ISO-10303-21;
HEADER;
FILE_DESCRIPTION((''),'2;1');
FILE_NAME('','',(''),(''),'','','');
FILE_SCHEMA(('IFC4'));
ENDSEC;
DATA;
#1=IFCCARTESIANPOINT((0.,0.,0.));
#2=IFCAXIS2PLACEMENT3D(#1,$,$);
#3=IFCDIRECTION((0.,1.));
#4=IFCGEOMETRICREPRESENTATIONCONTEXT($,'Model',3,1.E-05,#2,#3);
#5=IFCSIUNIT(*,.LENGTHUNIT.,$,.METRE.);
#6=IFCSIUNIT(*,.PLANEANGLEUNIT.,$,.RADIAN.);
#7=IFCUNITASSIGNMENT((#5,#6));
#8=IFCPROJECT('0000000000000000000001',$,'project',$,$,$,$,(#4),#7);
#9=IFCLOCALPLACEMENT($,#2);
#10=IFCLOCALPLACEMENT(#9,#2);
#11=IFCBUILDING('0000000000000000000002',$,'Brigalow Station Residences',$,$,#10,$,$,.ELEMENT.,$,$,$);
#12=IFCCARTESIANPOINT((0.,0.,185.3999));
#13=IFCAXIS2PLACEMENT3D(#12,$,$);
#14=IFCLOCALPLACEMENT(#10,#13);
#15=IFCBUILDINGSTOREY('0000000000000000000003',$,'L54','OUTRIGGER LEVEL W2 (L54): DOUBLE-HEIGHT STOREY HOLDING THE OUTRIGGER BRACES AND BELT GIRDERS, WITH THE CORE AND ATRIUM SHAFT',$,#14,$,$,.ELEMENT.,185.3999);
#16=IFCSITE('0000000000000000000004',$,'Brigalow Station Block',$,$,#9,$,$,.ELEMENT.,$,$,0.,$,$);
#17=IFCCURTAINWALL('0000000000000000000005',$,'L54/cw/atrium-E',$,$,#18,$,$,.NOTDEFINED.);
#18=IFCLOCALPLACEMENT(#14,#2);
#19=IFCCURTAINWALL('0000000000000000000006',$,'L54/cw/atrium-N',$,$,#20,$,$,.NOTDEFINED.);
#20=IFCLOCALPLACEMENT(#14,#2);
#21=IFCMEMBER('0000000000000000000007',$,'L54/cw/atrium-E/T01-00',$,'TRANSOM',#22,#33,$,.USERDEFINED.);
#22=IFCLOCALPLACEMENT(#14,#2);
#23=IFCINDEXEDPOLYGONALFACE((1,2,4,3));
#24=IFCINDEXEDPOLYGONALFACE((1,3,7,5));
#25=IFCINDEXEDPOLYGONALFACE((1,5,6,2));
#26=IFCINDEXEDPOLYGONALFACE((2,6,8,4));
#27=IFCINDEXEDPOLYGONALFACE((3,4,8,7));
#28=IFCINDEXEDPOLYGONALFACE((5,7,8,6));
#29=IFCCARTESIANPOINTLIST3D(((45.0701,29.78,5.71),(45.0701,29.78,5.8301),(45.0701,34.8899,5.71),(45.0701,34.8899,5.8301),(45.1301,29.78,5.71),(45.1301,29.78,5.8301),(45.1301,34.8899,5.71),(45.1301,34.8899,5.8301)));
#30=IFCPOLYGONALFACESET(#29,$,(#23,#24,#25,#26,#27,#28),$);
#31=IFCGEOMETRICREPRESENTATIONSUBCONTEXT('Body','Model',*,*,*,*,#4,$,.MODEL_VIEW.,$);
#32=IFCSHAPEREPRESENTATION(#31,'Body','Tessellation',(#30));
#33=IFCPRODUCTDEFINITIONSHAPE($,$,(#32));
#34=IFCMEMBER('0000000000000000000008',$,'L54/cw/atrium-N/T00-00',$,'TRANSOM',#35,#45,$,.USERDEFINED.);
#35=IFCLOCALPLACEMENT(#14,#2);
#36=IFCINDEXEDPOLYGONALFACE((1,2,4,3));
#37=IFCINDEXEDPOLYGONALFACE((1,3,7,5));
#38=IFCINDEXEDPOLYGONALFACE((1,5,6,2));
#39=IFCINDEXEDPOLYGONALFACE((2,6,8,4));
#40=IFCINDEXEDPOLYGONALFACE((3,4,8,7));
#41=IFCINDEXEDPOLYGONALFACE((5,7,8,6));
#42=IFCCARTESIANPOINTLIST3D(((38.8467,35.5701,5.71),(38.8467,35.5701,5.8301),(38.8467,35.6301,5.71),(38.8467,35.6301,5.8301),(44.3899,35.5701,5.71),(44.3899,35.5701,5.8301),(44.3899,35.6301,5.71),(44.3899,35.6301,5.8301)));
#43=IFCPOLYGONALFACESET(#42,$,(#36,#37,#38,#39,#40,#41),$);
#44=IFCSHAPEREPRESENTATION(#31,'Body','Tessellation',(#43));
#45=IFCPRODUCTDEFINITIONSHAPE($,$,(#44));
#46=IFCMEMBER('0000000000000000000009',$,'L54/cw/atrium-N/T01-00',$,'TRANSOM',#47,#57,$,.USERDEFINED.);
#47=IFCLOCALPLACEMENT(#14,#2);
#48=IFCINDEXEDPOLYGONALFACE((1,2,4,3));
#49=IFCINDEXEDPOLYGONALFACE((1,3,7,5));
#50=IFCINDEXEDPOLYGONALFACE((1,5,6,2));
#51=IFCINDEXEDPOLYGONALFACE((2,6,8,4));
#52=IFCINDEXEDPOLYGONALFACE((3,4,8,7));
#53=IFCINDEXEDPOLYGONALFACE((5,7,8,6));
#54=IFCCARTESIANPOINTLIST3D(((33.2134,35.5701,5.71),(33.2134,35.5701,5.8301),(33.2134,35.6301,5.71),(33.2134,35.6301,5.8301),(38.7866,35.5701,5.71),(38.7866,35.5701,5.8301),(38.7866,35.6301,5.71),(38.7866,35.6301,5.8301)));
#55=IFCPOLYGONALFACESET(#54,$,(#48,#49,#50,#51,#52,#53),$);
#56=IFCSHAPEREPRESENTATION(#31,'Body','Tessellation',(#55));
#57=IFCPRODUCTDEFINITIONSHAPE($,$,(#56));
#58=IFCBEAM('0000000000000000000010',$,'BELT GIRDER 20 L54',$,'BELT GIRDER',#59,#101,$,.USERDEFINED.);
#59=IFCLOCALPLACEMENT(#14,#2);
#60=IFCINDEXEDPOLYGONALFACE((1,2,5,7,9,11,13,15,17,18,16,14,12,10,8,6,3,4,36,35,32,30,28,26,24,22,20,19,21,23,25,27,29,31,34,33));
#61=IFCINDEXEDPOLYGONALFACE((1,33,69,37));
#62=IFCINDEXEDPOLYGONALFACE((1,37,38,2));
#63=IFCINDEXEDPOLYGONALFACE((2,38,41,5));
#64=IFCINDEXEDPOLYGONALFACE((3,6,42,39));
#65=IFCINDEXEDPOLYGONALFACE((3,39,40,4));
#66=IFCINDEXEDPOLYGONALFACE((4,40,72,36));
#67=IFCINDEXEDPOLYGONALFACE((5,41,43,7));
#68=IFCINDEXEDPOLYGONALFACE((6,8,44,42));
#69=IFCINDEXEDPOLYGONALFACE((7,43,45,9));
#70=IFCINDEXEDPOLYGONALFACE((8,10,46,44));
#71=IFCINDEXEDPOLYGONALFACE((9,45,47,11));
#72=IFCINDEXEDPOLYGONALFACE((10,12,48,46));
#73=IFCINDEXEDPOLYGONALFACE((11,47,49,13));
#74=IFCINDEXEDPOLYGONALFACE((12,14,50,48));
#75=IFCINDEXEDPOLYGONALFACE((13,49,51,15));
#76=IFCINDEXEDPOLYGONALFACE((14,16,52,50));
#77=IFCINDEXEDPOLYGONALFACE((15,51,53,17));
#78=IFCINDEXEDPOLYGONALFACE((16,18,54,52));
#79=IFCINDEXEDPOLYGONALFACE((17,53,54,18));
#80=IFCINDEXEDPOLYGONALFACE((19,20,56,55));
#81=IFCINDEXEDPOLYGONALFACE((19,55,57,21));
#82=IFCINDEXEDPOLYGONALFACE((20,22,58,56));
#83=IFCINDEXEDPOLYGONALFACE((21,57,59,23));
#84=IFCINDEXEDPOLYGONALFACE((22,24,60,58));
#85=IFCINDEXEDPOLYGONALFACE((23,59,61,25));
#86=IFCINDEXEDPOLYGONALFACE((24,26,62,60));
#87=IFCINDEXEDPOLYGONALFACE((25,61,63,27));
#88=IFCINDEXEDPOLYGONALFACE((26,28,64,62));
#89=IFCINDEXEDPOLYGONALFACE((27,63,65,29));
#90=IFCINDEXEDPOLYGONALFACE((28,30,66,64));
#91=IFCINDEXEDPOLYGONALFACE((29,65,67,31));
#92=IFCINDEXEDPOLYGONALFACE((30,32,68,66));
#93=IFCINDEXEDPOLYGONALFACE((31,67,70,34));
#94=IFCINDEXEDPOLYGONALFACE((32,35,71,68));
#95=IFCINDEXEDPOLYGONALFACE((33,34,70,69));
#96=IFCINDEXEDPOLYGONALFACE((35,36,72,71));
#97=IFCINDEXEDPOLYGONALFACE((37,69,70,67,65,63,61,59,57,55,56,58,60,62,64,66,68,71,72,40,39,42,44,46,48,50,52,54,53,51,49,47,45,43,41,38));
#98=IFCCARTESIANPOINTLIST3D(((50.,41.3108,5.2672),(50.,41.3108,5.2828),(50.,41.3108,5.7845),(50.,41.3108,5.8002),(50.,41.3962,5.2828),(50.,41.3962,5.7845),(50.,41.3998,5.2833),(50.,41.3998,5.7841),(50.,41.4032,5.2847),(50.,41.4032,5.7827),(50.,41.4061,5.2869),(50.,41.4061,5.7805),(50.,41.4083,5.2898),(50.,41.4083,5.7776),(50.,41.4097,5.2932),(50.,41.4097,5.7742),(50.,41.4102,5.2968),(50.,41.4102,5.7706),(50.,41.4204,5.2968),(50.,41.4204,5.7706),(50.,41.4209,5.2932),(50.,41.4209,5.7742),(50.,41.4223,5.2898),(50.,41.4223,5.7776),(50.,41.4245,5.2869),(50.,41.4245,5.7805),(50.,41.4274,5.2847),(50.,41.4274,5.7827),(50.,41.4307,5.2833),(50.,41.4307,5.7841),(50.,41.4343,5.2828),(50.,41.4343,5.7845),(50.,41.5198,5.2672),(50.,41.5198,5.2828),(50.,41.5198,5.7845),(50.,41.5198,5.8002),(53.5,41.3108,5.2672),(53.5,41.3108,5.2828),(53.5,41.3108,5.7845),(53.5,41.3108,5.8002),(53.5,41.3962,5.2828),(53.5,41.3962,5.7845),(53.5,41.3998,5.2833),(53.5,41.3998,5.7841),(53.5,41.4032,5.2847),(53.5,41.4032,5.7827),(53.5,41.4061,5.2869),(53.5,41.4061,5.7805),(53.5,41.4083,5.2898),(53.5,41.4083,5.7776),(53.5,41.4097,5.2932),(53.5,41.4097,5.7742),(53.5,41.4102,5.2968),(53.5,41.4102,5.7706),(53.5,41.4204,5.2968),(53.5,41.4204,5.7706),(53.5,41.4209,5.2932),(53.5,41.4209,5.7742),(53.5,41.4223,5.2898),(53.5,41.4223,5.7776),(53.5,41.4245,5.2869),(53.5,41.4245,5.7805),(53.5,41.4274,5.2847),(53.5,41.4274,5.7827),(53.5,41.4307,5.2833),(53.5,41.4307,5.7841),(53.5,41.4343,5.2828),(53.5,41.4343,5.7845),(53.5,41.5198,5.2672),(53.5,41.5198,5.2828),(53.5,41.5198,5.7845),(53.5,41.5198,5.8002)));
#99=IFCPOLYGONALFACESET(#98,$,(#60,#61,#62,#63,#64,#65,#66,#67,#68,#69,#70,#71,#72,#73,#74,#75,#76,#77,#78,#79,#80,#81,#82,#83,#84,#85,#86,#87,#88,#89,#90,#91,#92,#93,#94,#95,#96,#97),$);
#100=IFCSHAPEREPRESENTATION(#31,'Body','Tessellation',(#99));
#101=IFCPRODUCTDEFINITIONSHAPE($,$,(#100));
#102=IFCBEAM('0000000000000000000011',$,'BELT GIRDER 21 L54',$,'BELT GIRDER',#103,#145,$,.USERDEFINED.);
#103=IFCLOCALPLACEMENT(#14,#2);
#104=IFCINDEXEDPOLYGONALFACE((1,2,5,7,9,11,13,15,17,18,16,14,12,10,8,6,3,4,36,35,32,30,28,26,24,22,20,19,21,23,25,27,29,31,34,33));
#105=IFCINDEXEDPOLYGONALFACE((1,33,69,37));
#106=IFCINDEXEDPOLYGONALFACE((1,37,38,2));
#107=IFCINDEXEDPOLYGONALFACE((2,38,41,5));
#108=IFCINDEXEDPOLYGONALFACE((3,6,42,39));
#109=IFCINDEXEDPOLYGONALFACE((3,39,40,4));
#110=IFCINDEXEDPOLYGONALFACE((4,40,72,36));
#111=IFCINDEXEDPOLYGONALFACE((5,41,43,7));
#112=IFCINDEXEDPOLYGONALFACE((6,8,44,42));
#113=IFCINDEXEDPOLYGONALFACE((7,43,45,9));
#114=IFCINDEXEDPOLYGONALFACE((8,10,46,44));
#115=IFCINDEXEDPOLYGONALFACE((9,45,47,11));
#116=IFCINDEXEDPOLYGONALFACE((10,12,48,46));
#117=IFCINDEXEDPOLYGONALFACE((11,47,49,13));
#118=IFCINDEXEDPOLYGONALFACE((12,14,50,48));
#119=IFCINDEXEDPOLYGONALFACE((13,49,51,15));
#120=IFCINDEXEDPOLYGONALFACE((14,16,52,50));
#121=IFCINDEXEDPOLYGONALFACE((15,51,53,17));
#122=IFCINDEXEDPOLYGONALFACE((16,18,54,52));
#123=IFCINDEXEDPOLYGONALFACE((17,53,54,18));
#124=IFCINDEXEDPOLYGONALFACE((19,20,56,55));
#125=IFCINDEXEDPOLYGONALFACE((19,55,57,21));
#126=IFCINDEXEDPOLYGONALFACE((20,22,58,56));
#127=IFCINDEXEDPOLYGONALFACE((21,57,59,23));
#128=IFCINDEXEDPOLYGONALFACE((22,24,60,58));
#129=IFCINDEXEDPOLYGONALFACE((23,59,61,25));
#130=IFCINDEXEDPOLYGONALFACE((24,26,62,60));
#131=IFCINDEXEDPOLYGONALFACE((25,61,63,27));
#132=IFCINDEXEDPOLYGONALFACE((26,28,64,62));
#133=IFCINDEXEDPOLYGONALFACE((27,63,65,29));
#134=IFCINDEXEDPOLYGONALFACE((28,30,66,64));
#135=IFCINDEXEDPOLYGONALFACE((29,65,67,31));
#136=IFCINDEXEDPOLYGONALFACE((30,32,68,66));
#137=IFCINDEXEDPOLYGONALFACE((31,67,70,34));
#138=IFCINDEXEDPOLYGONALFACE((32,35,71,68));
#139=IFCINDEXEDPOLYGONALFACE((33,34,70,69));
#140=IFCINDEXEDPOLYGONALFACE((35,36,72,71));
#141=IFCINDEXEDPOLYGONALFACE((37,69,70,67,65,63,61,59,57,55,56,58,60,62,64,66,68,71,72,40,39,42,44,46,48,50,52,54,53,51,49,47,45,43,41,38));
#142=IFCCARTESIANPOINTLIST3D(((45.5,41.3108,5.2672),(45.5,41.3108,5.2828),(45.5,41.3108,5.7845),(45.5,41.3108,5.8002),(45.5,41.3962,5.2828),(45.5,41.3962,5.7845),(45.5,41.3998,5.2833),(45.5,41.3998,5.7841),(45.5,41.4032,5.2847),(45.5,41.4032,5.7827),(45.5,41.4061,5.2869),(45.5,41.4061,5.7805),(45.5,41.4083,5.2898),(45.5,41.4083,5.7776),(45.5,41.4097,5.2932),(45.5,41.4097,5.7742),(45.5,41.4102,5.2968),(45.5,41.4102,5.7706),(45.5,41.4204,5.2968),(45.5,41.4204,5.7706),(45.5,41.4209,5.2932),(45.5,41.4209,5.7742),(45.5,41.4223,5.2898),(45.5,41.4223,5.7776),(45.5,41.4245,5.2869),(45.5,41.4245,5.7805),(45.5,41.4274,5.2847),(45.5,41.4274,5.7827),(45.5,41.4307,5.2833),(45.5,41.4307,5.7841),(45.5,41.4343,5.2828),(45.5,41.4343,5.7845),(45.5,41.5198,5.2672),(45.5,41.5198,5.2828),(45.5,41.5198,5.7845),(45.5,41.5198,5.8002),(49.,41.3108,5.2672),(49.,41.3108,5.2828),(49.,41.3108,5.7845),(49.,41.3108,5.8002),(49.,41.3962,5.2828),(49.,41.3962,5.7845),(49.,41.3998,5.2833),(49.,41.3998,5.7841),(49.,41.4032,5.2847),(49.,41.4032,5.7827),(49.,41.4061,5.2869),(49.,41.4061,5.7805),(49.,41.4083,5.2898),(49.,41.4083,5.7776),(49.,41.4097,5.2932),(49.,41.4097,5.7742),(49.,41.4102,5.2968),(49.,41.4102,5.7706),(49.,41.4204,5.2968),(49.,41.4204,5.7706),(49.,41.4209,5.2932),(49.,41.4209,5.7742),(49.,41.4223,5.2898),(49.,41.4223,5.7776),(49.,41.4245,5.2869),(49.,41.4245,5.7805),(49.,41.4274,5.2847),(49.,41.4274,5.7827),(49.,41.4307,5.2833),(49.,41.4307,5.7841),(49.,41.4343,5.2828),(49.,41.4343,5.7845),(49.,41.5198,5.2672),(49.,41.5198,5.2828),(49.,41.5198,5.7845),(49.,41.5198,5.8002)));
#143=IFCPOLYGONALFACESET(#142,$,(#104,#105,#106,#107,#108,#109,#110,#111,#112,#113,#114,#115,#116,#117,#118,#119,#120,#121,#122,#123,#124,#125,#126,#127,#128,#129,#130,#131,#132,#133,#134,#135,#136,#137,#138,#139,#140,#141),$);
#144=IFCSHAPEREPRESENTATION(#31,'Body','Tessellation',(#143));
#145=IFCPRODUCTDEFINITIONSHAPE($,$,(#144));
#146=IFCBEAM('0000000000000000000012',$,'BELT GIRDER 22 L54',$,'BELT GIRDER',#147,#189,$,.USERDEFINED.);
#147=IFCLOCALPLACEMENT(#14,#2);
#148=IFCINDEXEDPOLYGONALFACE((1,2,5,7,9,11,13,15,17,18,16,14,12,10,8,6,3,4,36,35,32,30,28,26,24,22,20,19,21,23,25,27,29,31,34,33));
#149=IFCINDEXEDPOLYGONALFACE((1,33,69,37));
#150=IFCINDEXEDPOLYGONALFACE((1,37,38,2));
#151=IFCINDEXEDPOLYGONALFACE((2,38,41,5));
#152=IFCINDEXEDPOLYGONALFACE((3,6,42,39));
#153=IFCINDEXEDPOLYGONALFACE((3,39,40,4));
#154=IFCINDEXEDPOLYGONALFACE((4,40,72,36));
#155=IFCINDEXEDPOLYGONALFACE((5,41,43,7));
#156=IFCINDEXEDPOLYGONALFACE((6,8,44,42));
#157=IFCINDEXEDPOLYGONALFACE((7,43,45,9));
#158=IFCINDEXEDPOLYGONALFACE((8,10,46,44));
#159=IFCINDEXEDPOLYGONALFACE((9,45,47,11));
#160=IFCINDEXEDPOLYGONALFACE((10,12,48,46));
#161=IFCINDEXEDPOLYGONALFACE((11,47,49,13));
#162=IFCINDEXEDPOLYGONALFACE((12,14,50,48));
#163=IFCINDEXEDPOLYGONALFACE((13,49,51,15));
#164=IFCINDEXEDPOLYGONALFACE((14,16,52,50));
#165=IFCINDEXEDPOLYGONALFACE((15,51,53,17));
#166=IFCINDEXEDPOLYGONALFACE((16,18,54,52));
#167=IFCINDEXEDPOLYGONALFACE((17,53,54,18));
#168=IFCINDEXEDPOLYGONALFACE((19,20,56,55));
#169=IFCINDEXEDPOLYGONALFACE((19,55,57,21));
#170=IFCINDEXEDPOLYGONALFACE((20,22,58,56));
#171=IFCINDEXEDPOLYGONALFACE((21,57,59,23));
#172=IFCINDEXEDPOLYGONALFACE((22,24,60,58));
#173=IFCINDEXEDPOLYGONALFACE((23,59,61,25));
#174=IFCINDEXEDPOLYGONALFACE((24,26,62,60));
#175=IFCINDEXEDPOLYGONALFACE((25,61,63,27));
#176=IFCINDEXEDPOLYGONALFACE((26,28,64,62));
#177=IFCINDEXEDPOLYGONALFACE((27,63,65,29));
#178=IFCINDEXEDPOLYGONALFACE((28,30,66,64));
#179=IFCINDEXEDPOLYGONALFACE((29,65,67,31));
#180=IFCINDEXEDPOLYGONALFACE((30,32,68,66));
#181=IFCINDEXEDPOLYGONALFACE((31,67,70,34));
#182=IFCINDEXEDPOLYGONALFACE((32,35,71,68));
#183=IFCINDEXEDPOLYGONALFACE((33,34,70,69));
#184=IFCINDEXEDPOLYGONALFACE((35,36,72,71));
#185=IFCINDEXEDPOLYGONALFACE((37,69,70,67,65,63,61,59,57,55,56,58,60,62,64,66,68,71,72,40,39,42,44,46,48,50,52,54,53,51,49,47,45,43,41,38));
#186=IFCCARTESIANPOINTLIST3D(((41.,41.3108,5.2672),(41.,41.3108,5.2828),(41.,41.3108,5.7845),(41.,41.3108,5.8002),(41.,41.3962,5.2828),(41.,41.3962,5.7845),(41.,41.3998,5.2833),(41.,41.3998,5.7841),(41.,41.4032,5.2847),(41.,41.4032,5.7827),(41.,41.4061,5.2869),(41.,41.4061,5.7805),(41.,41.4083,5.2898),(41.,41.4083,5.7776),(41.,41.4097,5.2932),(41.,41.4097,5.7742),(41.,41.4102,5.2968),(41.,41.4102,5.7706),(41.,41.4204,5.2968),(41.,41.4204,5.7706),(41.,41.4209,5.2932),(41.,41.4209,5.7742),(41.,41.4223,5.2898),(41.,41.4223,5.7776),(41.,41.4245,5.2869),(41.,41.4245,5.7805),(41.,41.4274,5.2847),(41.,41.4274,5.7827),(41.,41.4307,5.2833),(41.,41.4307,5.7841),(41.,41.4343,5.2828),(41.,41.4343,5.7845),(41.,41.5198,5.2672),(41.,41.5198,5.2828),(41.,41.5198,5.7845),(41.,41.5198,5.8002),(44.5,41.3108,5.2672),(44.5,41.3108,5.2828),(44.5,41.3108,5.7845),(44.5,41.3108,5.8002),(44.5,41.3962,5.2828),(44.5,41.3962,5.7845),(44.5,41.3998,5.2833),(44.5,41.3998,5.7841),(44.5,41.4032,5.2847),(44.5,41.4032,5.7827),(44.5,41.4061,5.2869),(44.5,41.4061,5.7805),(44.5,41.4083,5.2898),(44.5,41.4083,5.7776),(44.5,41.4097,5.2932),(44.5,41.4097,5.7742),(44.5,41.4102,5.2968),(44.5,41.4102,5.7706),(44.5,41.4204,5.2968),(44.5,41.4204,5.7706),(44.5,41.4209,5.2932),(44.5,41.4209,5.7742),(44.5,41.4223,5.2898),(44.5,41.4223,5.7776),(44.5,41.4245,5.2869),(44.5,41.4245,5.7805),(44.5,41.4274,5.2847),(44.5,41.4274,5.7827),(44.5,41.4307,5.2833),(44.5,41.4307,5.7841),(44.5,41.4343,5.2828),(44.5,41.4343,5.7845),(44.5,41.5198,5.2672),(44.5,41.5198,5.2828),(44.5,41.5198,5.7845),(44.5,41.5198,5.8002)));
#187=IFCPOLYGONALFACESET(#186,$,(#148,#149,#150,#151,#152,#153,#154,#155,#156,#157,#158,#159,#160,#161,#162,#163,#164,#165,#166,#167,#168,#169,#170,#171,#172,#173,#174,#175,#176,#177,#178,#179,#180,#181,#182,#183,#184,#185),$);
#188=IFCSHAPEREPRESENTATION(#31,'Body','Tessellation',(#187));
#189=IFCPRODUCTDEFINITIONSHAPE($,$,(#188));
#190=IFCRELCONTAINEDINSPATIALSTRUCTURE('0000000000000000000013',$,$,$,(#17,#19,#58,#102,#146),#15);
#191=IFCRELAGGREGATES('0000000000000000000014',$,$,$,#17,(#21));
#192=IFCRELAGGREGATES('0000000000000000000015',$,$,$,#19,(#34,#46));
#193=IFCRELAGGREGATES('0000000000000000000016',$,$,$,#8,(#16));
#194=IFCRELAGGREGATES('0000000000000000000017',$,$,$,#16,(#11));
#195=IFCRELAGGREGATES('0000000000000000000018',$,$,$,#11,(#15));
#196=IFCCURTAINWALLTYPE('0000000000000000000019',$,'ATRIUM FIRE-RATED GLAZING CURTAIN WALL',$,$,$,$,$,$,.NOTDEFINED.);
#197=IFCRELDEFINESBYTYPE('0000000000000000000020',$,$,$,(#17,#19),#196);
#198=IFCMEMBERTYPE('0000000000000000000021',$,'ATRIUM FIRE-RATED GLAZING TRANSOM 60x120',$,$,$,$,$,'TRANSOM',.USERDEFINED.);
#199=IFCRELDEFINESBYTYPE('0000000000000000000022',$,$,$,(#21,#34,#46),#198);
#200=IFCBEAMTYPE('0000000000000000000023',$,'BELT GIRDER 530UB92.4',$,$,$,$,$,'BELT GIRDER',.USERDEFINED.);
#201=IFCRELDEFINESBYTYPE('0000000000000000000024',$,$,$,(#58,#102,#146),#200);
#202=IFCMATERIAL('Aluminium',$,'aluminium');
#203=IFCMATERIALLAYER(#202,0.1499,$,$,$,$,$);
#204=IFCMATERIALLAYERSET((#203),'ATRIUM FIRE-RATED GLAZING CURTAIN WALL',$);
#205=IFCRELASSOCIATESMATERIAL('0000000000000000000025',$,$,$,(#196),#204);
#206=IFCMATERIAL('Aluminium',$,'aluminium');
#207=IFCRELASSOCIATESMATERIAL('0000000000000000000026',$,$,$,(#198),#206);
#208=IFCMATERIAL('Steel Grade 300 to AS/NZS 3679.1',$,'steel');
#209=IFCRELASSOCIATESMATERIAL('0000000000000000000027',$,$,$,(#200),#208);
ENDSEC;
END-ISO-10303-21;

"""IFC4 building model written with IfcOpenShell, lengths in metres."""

from ifc_helpers import new_model, si_unit, direction, frame, origin, origin_2d, place, context, subcontext, project, spatial, rectangle, i_section, extrude, material, layer, layer_set, material_profile, profile_set, type_object, element, aggregate, save


model = new_model("IFC4")

# Units and contexts
model_context = context("Model", 3, precision=1e-05, world=origin(), true_north=direction((0.0, 1.0)))
body_context = subcontext(model_context, "Body", "Model", "MODEL_VIEW")
ifc_project = project(units=[si_unit("LENGTHUNIT", "METRE"), si_unit("PLANEANGLEUNIT", "RADIAN")], contexts=[model_context])

# Site, building, storey
site_placement = place(None, origin())
site = spatial("IfcSite", under=ifc_project, at=site_placement, Name="Brigalow Station Block", CompositionType="ELEMENT", RefElevation=0.0)
building_placement = place(site_placement, origin())
building = spatial("IfcBuilding", under=site, at=building_placement, Name="Brigalow Station Residences", CompositionType="ELEMENT")
storey_placement = place(building_placement, frame((0.0, 0.0, 185.3999)))
storey = spatial("IfcBuildingStorey", under=building, at=storey_placement, Name="L54", Description="OUTRIGGER LEVEL W2 (L54): DOUBLE-HEIGHT STOREY HOLDING THE OUTRIGGER BRACES AND BELT GIRDERS, WITH THE CORE AND ATRIUM SHAFT", CompositionType="ELEMENT", Elevation=185.3999)

# Curtain walls
ifc_material_1 = material(Name="Aluminium", Category="aluminium")
ifc_layer_1 = layer(ifc_material_1, 0.1499)
ifc_layer_set_1 = layer_set([ifc_layer_1], Name="ATRIUM FIRE-RATED GLAZING CURTAIN WALL")
curtain_wall_type = type_object("IfcCurtainWallType", Name="ATRIUM FIRE-RATED GLAZING CURTAIN WALL", PredefinedType="NOTDEFINED", material=ifc_layer_set_1)
curtain_wall_1_placement = place(storey_placement, origin())
curtain_wall_1 = element("IfcCurtainWall", 1, at=curtain_wall_1_placement, inside=storey, type_object=curtain_wall_type, Name="L54/cw/atrium-E", PredefinedType="NOTDEFINED")
curtain_wall_2_placement = place(storey_placement, origin())
curtain_wall_2 = element("IfcCurtainWall", 2, at=curtain_wall_2_placement, inside=storey, type_object=curtain_wall_type, Name="L54/cw/atrium-N", PredefinedType="NOTDEFINED")

# Members
ifc_material_2 = material(Name="Aluminium", Category="aluminium")
ifc_material_profile_1 = material_profile(ifc_material_2, rectangle(XDim=0.0601, YDim=0.1201, at=origin_2d()), Name="ATRIUM FIRE-RATED GLAZING TRANSOM 60x120")
ifc_profile_set_1 = profile_set([ifc_material_profile_1], Name="Aluminium")
member_type_1 = type_object("IfcMemberType", Name="ATRIUM FIRE-RATED GLAZING TRANSOM 60x120", ElementType="TRANSOM", PredefinedType="USERDEFINED", material=ifc_profile_set_1)
member_1_placement = place(storey_placement, frame((45.1001, 29.78, 5.77), z_axis=(0.0, 1.0, 0.0), x_axis=(-1.0, 0.0, 0.0)))
member_1 = element("IfcMember", 3, at=member_1_placement, type_object=member_type_1, Name="L54/cw/atrium-E/T01-00", ObjectType="TRANSOM", PredefinedType="USERDEFINED", context=body_context, shape_type="SweptSolid", body=[
    extrude(rectangle(XDim=0.0601, YDim=0.1201, at=origin_2d()), origin(), (0.0, 0.0, 1.0), 5.1099),
])
member_2_placement = place(storey_placement, frame((44.3899, 35.6001, 5.77), z_axis=(-1.0, 0.0, 0.0), x_axis=(0.0, -1.0, 0.0)))
member_2 = element("IfcMember", 4, at=member_2_placement, type_object=member_type_1, Name="L54/cw/atrium-N/T00-00", ObjectType="TRANSOM", PredefinedType="USERDEFINED", context=body_context, shape_type="SweptSolid", body=[
    extrude(rectangle(XDim=0.0601, YDim=0.1201, at=origin_2d()), origin(), (0.0, 0.0, 1.0), 5.5432),
])
member_3_placement = place(storey_placement, frame((38.7866, 35.6001, 5.77), z_axis=(-1.0, 0.0, 0.0), x_axis=(0.0, -1.0, 0.0)))
member_3 = element("IfcMember", 5, at=member_3_placement, type_object=member_type_1, Name="L54/cw/atrium-N/T01-00", ObjectType="TRANSOM", PredefinedType="USERDEFINED", context=body_context, shape_type="SweptSolid", body=[
    extrude(rectangle(XDim=0.0601, YDim=0.1201, at=origin_2d()), origin(), (0.0, 0.0, 1.0), 5.5732),
])

# Beams
ifc_material_3 = material(Name="Steel Grade 300 to AS/NZS 3679.1", Category="steel")
ifc_material_profile_2 = material_profile(ifc_material_3, i_section(OverallWidth=0.209, OverallDepth=0.533, WebThickness=0.0103, FlangeThickness=0.0156, FilletRadius=0.0139, at=origin_2d()), Name="530UB92.4")
ifc_profile_set_2 = profile_set([ifc_material_profile_2], Name="Steel Grade 300 to AS/NZS 3679.1")
beam_type_1 = type_object("IfcBeamType", Name="BELT GIRDER 530UB92.4", ElementType="BELT GIRDER", PredefinedType="USERDEFINED", material=ifc_profile_set_2)
for number, where, z_axis, x_axis, name in (
    (6, (53.5, 41.4153, 5.5337), (-1.0, 0.0, 0.0), (0.0, -1.0, 0.0), "BELT GIRDER 20 L54"),
    (7, (49.0, 41.4153, 5.5337), (-1.0, 0.0, 0.0), (0.0, -1.0, 0.0), "BELT GIRDER 21 L54"),
    (8, (44.5, 41.4153, 5.5337), (-1.0, 0.0, 0.0), (0.0, -1.0, 0.0), "BELT GIRDER 22 L54"),
):
    element("IfcBeam", number, at=place(storey_placement, frame(where, z_axis=z_axis, x_axis=x_axis)), inside=storey, type_object=beam_type_1, Name=name, ObjectType="BELT GIRDER", PredefinedType="USERDEFINED", context=body_context, shape_type="SweptSolid", body=[
        extrude(i_section(OverallWidth=0.209, OverallDepth=0.533, WebThickness=0.0103, FlangeThickness=0.0156, FilletRadius=0.0139, at=origin_2d()), origin(), (0.0, 0.0, 1.0), 3.5),
    ])

aggregate(curtain_wall_1, [member_1])
aggregate(curtain_wall_2, [member_2, member_3])

save(model, "model.ifc")
